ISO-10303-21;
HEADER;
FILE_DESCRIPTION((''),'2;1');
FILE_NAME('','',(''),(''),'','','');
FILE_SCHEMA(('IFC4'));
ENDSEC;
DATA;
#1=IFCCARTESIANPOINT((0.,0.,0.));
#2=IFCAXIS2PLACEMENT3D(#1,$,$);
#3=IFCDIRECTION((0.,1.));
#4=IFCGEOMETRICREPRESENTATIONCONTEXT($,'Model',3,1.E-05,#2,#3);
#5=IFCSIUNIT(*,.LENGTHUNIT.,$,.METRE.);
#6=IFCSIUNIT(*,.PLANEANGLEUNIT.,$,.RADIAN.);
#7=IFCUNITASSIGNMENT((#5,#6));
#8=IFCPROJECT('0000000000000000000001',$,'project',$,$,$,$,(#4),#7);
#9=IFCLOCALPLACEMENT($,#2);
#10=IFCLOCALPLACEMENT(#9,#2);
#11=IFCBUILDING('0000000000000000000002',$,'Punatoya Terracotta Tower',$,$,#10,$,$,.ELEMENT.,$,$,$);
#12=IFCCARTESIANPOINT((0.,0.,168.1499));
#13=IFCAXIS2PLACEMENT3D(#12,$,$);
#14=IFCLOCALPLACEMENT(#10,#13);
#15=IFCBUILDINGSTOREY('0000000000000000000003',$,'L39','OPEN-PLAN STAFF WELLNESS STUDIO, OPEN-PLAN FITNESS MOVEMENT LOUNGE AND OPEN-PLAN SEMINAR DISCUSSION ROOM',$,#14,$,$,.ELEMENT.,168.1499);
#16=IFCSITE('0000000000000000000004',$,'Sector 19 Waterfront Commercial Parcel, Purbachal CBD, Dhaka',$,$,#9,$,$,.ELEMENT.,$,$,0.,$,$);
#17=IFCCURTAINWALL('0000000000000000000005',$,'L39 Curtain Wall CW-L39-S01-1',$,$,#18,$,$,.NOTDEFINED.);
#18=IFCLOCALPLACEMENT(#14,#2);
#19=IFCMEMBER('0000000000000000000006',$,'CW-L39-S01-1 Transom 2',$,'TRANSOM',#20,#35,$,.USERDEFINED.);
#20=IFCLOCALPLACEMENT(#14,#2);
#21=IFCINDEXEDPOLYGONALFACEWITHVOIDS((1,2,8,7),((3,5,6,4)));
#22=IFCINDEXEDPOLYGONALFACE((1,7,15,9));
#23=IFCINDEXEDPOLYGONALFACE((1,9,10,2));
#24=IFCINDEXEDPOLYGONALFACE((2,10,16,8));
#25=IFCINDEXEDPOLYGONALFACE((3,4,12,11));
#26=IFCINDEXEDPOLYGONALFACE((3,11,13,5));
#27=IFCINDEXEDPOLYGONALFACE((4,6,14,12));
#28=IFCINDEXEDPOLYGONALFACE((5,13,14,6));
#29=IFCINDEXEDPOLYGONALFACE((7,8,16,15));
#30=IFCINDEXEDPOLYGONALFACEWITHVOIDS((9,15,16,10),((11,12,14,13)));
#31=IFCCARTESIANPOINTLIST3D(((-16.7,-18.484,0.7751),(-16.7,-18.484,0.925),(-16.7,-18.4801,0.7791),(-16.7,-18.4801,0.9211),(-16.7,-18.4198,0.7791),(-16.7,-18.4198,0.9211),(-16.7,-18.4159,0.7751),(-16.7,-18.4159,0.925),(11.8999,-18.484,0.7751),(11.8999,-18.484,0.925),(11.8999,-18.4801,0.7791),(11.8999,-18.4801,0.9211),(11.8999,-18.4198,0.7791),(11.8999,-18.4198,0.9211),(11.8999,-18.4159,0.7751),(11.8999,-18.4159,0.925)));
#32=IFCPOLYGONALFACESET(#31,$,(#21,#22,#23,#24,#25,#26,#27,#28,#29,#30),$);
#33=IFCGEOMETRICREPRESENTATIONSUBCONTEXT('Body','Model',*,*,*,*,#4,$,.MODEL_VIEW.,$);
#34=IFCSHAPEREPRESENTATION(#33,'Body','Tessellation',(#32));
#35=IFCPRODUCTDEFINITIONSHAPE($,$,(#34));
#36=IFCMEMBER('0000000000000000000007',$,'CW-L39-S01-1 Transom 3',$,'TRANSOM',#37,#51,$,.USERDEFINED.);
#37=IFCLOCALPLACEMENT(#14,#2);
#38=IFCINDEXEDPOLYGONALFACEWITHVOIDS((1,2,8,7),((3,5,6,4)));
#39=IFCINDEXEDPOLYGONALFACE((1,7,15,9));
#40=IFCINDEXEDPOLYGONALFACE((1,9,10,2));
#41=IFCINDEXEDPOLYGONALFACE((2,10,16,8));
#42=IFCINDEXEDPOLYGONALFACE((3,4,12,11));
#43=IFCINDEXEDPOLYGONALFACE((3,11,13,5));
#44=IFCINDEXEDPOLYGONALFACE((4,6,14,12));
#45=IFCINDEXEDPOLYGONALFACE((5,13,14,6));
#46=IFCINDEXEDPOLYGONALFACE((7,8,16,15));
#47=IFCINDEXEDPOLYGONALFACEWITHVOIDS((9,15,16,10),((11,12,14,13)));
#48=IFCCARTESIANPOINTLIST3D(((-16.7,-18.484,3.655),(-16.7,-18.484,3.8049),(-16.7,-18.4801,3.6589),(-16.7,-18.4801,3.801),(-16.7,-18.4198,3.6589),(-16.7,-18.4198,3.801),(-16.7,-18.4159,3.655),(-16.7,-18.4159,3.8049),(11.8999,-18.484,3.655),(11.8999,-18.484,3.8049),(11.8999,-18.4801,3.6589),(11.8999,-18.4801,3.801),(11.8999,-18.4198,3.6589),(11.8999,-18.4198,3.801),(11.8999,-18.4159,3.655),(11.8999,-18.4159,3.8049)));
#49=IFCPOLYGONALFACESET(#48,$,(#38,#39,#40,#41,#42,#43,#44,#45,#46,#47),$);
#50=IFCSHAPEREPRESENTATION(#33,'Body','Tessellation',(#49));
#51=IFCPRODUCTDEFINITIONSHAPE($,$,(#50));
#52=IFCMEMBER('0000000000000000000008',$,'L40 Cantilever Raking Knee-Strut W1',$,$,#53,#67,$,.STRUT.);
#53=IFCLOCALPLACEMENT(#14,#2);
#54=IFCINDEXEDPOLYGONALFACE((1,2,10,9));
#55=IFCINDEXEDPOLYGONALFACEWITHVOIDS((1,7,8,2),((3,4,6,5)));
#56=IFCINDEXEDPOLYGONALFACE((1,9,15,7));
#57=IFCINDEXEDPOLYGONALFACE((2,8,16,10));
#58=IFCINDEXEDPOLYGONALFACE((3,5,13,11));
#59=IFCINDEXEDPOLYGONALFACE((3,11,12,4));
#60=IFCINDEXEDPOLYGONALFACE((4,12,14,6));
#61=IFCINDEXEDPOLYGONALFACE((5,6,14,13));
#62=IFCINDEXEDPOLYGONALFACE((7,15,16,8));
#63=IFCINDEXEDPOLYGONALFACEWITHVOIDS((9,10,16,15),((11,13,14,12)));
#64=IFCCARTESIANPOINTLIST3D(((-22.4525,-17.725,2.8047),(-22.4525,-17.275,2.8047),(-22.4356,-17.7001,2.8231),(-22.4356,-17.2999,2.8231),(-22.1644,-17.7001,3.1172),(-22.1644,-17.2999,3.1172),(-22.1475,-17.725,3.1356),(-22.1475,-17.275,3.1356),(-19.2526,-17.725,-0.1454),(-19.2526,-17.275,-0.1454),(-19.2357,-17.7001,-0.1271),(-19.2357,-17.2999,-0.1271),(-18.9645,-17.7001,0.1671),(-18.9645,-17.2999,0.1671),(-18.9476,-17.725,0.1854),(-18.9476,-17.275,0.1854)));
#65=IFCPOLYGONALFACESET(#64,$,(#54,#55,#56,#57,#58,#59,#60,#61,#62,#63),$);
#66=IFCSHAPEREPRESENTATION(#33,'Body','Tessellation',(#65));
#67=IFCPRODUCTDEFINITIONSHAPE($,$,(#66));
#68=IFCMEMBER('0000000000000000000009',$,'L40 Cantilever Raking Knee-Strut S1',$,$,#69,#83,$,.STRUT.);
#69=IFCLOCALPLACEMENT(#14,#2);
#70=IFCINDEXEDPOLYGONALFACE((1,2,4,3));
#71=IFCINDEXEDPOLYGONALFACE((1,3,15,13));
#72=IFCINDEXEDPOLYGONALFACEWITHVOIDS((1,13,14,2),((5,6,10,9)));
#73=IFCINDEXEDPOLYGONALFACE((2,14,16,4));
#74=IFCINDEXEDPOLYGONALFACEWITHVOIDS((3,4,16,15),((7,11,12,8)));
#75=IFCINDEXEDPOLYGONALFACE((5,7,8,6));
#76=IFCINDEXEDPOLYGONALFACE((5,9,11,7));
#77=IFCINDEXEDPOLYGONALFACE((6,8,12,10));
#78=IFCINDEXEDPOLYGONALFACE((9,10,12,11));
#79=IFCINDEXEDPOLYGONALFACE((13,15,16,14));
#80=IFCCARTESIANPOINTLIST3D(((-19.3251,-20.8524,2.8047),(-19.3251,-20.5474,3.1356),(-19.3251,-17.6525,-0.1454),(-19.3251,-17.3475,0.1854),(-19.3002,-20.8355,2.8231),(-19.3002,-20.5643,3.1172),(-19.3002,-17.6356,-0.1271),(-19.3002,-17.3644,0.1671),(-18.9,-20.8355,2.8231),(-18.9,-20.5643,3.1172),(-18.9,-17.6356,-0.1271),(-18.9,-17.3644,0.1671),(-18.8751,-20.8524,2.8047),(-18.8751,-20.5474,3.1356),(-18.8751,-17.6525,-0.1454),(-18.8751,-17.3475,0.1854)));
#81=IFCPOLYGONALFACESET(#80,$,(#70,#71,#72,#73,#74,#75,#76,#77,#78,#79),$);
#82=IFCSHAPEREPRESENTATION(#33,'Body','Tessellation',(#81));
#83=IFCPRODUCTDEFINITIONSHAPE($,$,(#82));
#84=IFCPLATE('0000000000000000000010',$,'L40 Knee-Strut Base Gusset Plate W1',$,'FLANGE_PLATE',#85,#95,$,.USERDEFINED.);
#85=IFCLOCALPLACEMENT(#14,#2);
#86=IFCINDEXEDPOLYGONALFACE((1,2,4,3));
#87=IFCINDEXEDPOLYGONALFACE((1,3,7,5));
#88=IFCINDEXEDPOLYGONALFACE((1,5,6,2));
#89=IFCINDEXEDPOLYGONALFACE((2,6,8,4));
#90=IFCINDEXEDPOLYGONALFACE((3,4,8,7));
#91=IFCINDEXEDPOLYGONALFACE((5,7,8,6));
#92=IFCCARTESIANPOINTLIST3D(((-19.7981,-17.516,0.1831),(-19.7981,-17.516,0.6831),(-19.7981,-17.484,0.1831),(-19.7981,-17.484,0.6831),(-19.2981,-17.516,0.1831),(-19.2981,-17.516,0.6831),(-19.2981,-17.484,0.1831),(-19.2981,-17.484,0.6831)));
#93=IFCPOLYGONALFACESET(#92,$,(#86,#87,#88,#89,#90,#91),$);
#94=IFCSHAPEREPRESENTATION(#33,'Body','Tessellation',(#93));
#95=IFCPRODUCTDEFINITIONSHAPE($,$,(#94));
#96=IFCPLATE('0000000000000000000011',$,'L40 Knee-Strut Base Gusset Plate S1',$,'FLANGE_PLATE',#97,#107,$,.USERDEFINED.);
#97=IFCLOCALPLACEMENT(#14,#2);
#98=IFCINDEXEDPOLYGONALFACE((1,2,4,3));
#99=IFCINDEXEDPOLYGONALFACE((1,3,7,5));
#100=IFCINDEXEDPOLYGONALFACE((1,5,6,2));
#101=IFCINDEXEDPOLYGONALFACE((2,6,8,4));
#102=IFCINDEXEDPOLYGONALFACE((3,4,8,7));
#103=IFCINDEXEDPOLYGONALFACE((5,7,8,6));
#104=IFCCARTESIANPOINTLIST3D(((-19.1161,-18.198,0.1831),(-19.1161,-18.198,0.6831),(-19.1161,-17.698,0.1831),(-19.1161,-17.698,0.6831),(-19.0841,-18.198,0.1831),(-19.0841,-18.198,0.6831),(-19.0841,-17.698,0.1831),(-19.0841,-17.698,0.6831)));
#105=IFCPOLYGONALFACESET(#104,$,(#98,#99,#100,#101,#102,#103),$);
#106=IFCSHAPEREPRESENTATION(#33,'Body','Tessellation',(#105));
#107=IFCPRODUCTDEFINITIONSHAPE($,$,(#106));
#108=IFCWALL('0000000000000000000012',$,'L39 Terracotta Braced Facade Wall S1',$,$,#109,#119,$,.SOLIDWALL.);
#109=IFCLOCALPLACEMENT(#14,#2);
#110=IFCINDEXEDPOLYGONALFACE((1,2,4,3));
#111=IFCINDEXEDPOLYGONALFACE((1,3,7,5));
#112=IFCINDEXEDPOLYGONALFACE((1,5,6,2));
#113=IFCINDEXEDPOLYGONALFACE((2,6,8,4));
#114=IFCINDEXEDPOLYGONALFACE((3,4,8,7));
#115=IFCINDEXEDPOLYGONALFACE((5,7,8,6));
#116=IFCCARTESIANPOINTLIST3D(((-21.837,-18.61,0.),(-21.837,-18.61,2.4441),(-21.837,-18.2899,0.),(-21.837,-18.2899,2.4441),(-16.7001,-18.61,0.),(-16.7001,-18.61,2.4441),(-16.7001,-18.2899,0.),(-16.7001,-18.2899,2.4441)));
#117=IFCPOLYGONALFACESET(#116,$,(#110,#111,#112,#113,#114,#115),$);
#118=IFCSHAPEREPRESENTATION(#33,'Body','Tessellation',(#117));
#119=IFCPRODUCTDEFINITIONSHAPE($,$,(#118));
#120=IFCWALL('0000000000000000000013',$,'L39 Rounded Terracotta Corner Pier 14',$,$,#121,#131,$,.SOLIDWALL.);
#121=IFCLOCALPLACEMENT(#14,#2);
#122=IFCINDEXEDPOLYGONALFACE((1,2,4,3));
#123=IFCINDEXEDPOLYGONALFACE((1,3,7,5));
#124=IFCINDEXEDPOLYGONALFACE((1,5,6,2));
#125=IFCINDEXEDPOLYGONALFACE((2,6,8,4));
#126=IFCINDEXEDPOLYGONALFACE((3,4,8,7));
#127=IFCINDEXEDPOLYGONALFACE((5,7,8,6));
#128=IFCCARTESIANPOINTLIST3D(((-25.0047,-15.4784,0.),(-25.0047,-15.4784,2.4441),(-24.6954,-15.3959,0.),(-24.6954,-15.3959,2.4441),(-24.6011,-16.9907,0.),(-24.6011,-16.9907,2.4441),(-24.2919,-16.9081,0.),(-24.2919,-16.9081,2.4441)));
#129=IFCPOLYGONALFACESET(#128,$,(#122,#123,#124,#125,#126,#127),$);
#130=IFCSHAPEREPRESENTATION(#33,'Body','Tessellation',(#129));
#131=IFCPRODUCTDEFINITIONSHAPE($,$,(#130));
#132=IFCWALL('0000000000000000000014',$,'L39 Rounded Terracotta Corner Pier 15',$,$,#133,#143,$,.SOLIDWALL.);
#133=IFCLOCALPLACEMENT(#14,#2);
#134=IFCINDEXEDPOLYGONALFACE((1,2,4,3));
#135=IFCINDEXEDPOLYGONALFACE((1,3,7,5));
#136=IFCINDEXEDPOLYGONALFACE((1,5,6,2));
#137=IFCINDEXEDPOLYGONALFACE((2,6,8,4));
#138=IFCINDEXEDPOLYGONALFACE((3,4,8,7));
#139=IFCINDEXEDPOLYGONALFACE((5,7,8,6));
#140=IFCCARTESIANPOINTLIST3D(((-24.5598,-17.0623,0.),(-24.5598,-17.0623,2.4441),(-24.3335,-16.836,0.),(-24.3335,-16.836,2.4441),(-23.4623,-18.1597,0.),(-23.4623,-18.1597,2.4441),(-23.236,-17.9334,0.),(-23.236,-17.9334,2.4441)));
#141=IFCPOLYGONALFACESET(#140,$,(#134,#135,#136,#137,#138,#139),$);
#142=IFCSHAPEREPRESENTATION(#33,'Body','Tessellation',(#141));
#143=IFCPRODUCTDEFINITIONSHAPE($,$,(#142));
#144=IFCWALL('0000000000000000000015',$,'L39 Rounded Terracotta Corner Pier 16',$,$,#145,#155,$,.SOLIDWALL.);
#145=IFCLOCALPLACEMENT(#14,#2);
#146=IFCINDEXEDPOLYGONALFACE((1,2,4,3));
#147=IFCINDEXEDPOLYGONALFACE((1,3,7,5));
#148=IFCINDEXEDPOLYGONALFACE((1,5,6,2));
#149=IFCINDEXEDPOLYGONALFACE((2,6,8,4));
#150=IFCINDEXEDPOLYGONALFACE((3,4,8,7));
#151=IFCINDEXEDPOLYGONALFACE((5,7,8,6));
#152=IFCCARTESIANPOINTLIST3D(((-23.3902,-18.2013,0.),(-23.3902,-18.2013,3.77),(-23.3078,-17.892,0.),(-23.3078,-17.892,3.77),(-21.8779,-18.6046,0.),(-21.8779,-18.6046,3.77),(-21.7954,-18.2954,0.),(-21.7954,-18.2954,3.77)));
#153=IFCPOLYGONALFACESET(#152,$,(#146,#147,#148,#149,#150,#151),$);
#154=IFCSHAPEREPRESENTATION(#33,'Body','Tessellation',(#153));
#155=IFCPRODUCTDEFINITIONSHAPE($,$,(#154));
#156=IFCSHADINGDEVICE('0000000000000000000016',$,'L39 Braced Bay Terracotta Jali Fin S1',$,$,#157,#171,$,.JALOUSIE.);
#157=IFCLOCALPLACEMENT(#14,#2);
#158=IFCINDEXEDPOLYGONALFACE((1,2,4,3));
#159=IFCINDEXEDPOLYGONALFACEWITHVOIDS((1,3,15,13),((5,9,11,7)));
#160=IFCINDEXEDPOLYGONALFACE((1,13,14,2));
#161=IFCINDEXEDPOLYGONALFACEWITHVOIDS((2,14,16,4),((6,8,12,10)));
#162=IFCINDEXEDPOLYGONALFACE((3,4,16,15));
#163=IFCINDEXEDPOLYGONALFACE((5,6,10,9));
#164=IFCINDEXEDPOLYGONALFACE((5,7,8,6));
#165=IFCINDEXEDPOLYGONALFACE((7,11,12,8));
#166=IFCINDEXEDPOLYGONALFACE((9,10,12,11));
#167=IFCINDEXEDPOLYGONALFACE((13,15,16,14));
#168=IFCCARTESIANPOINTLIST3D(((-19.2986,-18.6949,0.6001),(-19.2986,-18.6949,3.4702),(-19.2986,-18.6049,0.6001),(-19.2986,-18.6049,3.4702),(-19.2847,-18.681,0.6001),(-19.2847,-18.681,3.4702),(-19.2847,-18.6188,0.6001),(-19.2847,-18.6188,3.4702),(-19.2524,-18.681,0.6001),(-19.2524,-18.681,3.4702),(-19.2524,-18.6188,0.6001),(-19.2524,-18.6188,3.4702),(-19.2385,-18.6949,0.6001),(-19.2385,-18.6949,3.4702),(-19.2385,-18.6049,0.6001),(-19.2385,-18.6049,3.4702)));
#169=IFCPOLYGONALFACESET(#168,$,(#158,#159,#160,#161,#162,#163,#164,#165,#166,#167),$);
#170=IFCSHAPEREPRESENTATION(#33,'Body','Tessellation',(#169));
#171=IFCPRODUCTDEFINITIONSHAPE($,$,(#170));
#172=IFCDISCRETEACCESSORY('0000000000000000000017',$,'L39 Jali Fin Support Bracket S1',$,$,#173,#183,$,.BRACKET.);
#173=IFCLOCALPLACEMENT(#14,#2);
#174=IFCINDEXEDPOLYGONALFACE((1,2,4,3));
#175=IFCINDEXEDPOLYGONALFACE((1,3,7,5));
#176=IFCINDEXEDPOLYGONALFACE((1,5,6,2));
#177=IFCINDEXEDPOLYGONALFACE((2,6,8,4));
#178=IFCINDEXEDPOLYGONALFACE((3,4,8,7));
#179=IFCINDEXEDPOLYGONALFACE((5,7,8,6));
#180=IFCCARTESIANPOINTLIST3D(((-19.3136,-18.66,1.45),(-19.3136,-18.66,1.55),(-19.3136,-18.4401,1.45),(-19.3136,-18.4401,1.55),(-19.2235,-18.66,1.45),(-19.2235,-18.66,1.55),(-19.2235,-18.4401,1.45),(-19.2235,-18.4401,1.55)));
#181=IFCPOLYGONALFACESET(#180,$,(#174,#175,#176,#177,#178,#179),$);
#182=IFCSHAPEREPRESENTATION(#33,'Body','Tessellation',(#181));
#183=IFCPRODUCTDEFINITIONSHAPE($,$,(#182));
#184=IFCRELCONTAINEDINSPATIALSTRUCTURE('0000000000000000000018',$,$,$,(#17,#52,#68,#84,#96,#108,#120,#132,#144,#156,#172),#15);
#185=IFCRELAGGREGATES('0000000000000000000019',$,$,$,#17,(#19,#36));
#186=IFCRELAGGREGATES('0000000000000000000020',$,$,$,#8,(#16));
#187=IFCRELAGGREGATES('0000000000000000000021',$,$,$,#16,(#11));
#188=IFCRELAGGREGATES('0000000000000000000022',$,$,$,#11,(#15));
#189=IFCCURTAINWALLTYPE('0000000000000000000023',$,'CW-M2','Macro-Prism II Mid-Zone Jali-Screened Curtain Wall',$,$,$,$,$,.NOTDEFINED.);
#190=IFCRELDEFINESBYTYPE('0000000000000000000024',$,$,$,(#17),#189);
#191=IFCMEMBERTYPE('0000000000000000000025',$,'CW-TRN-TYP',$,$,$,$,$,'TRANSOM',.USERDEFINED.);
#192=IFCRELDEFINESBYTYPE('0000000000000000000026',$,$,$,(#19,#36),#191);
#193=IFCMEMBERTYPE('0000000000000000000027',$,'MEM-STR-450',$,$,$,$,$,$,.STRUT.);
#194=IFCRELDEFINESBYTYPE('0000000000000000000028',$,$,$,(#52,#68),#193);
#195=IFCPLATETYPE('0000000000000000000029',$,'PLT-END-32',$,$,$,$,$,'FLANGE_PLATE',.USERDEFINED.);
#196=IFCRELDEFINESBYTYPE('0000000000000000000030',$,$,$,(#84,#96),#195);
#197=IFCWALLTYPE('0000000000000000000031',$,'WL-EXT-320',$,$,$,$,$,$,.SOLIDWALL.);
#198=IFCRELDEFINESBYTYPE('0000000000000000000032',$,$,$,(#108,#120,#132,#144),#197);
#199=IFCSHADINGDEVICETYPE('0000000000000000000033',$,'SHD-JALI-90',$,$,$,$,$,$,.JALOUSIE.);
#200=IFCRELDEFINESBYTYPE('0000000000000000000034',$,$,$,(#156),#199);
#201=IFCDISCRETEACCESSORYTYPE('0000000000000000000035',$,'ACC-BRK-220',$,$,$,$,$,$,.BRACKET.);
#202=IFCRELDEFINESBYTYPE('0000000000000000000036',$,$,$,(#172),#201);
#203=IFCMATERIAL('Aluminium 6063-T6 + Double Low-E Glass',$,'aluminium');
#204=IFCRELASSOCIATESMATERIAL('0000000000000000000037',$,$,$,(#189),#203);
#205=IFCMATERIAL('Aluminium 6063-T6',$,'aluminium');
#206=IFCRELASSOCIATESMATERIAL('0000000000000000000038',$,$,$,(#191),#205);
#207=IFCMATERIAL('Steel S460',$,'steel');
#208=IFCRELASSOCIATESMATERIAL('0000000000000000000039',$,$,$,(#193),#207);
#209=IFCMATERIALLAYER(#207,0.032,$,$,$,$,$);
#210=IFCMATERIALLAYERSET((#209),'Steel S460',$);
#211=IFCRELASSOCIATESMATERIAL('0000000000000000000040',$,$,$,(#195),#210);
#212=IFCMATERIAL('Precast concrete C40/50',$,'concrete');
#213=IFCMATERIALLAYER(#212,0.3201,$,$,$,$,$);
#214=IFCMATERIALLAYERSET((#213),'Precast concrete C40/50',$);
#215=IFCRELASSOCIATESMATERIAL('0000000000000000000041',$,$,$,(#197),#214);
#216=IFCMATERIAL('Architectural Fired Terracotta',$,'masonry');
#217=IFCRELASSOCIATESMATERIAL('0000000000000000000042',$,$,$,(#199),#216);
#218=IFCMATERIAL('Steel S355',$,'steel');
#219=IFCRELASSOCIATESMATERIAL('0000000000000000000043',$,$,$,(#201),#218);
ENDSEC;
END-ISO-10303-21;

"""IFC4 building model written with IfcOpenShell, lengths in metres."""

from ifc_helpers import new_model, si_unit, direction, frame, frame_2d, origin, origin_2d, place, context, subcontext, project, spatial, rectangle, hollow_rectangle, extrude, material, layer, layer_set, material_profile, profile_set, type_object, element, aggregate, save


model = new_model("IFC4")

# Units and contexts
model_context = context("Model", 3, precision=1e-05, world=origin(), true_north=direction((0.0, 1.0)))
body_context = subcontext(model_context, "Body", "Model", "MODEL_VIEW")
ifc_project = project(units=[si_unit("LENGTHUNIT", "METRE"), si_unit("PLANEANGLEUNIT", "RADIAN")], contexts=[model_context])

# Site, building, storey
site_placement = place(None, origin())
site = spatial("IfcSite", under=ifc_project, at=site_placement, Name="Sector 19 Waterfront Commercial Parcel, Purbachal CBD, Dhaka", CompositionType="ELEMENT", RefElevation=0.0)
building_placement = place(site_placement, origin())
building = spatial("IfcBuilding", under=site, at=building_placement, Name="Punatoya Terracotta Tower", CompositionType="ELEMENT")
storey_placement = place(building_placement, frame((0.0, 0.0, 168.1499)))
storey = spatial("IfcBuildingStorey", under=building, at=storey_placement, Name="L39", Description="OPEN-PLAN STAFF WELLNESS STUDIO, OPEN-PLAN FITNESS MOVEMENT LOUNGE AND OPEN-PLAN SEMINAR DISCUSSION ROOM", CompositionType="ELEMENT", Elevation=168.1499)

# Shared definitions
ifc_material_1 = material(Name="Steel S460", Category="steel")

# Shared definitions
ifc_material_2 = material(Name="Steel S355", Category="steel")

# Curtain wall, members
ifc_material_3 = material(Name="Aluminium 6063-T6 + Double Low-E Glass", Category="aluminium")
curtain_wall_type = type_object("IfcCurtainWallType", Name="CW-M2", Description="Macro-Prism II Mid-Zone Jali-Screened Curtain Wall", PredefinedType="NOTDEFINED", material=ifc_material_3)
curtain_wall_placement = place(storey_placement, origin())
curtain_wall = element("IfcCurtainWall", 1, at=curtain_wall_placement, inside=storey, type_object=curtain_wall_type, Name="L39 Curtain Wall CW-L39-S01-1", PredefinedType="NOTDEFINED")
ifc_material_4 = material(Name="Aluminium 6063-T6", Category="aluminium")
ifc_material_profile_1 = material_profile(ifc_material_4, hollow_rectangle(XDim=0.0681, YDim=0.1499, WallThickness=0.0039, at=origin_2d()))
ifc_profile_set_1 = profile_set([ifc_material_profile_1], Name="Aluminium 6063-T6")
member_type_1 = type_object("IfcMemberType", Name="CW-TRN-TYP", ElementType="TRANSOM", PredefinedType="USERDEFINED", material=ifc_profile_set_1)
member_1_placement = place(storey_placement, frame((-16.7, -18.45, 0.8501), z_axis=(1.0, 0.0, 0.0), x_axis=(0.0, 1.0, 0.0)))
member_1 = element("IfcMember", 2, at=member_1_placement, type_object=member_type_1, Name="CW-L39-S01-1 Transom 2", ObjectType="TRANSOM", PredefinedType="USERDEFINED", context=body_context, shape_type="SweptSolid", body=[
    extrude(hollow_rectangle(XDim=0.0681, YDim=0.1499, WallThickness=0.0039, at=origin_2d()), origin(), (0.0, 0.0, 1.0), 28.5999),
])
member_2_placement = place(storey_placement, frame((-16.7, -18.45, 3.73), z_axis=(1.0, 0.0, 0.0), x_axis=(0.0, 1.0, 0.0)))
member_2 = element("IfcMember", 3, at=member_2_placement, type_object=member_type_1, Name="CW-L39-S01-1 Transom 3", ObjectType="TRANSOM", PredefinedType="USERDEFINED", context=body_context, shape_type="SweptSolid", body=[
    extrude(hollow_rectangle(XDim=0.0681, YDim=0.1499, WallThickness=0.0039, at=origin_2d()), origin(), (0.0, 0.0, 1.0), 28.5999),
])
aggregate(curtain_wall, [member_1, member_2])

# Members
ifc_material_profile_2 = material_profile(ifc_material_1, hollow_rectangle(XDim=0.45, YDim=0.45, WallThickness=0.0249, at=origin_2d()))
ifc_profile_set_2 = profile_set([ifc_material_profile_2], Name="Steel S460")
member_type_2 = type_object("IfcMemberType", Name="MEM-STR-450", PredefinedType="STRUT", material=ifc_profile_set_2)
for number, where, z_axis, x_axis, name in (
    (4, (-19.1001, -17.5, 0.02), (-0.735216, 0.0, 0.677833), (0.0, -1.0, 0.0), "L40 Cantilever Raking Knee-Strut W1"),
    (5, (-19.1001, -17.5, 0.02), (0.0, -0.735216, 0.677833), (1.0, 0.0, 0.0), "L40 Cantilever Raking Knee-Strut S1"),
):
    element("IfcMember", number, at=place(storey_placement, frame(where, z_axis=z_axis, x_axis=x_axis)), inside=storey, type_object=member_type_2, Name=name, PredefinedType="STRUT", context=body_context, shape_type="SweptSolid", body=[
        extrude(hollow_rectangle(XDim=0.45, YDim=0.45, WallThickness=0.0249, at=origin_2d()), origin(), (0.0, 0.0, 1.0), 4.3523),
    ])

# Plates
ifc_layer_1 = layer(ifc_material_1, 0.032)
ifc_layer_set_1 = layer_set([ifc_layer_1], Name="Steel S460")
plate_type = type_object("IfcPlateType", Name="PLT-END-32", ElementType="FLANGE_PLATE", PredefinedType="USERDEFINED", material=ifc_layer_set_1)
for number, where, z_axis, x_axis, name in (
    (6, (-19.5481, -17.5, 0.1831), (0.0, 0.0, 1.0), (1.0, 0.0, 0.0), "L40 Knee-Strut Base Gusset Plate W1"),
    (7, (-19.1001, -17.948, 0.1831), (0.0, 0.0, 1.0), (0.0, 1.0, 0.0), "L40 Knee-Strut Base Gusset Plate S1"),
):
    element("IfcPlate", number, at=place(storey_placement, frame(where, z_axis=z_axis, x_axis=x_axis)), inside=storey, type_object=plate_type, Name=name, ObjectType="FLANGE_PLATE", PredefinedType="USERDEFINED", context=body_context, shape_type="SweptSolid", body=[
        extrude(rectangle(XDim=0.5, YDim=0.032, at=origin_2d()), origin(), (0.0, 0.0, 1.0), 0.5),
    ])

# Walls
ifc_material_5 = material(Name="Precast concrete C40/50", Category="concrete")
ifc_layer_2 = layer(ifc_material_5, 0.3201)
ifc_layer_set_2 = layer_set([ifc_layer_2], Name="Precast concrete C40/50")
wall_type = type_object("IfcWallType", Name="WL-EXT-320", PredefinedType="SOLIDWALL", material=ifc_layer_set_2)
wall_1_placement = place(storey_placement, frame((-21.8369, -18.45, 0.0), z_axis=(0.0, 0.0, 1.0), x_axis=(1.0, 0.0, 0.0)))
element("IfcWall", 8, at=wall_1_placement, inside=storey, type_object=wall_type, Name="L39 Terracotta Braced Facade Wall S1", PredefinedType="SOLIDWALL", context=body_context, shape_type="SweptSolid", body=[
    extrude(rectangle(XDim=5.137, YDim=0.3201, at=frame_2d((2.5684, 0.0))), origin(), (0.0, 0.0, 1.0), 2.4441),
])
wall_2_placement = place(storey_placement, frame((-24.8501, -15.437, 0.0), z_axis=(0.0, 0.0, 1.0), x_axis=(0.257847, -0.966186, 0.0)))
element("IfcWall", 9, at=wall_2_placement, inside=storey, type_object=wall_type, Name="L39 Rounded Terracotta Corner Pier 14", PredefinedType="SOLIDWALL", context=body_context, shape_type="SweptSolid", body=[
    extrude(rectangle(XDim=1.5652, YDim=0.3201, at=frame_2d((0.7827, 0.0))), origin(), (0.0, 0.0, 1.0), 2.4441),
])
wall_3_placement = place(storey_placement, frame((-24.4465, -16.9492, 0.0), z_axis=(0.0, 0.0, 1.0), x_axis=(0.707107, -0.707107, 0.0)))
element("IfcWall", 10, at=wall_3_placement, inside=storey, type_object=wall_type, Name="L39 Rounded Terracotta Corner Pier 15", PredefinedType="SOLIDWALL", context=body_context, shape_type="SweptSolid", body=[
    extrude(rectangle(XDim=1.552, YDim=0.3201, at=frame_2d((0.7759, 0.0))), origin(), (0.0, 0.0, 1.0), 2.4441),
])
wall_4_placement = place(storey_placement, frame((-23.3491, -18.0466, 0.0), z_axis=(0.0, 0.0, 1.0), x_axis=(0.966225, -0.257701, 0.0)))
element("IfcWall", 11, at=wall_4_placement, inside=storey, type_object=wall_type, Name="L39 Rounded Terracotta Corner Pier 16", PredefinedType="SOLIDWALL", context=body_context, shape_type="SweptSolid", body=[
    extrude(rectangle(XDim=1.5652, YDim=0.3201, at=frame_2d((0.7827, 0.0))), origin(), (0.0, 0.0, 1.0), 3.77),
])

# Shading device
ifc_material_6 = material(Name="Architectural Fired Terracotta", Category="masonry")
ifc_material_profile_3 = material_profile(ifc_material_6, hollow_rectangle(XDim=0.0601, YDim=0.0901, WallThickness=0.0139, at=origin_2d()))
ifc_profile_set_3 = profile_set([ifc_material_profile_3], Name="Architectural Fired Terracotta")
shading_device_type = type_object("IfcShadingDeviceType", Name="SHD-JALI-90", PredefinedType="JALOUSIE", material=ifc_profile_set_3)
shading_device_placement = place(storey_placement, frame((-19.2686, -18.6499, 0.6001), z_axis=(0.0, 0.0, 1.0), x_axis=(1.0, 0.0, 0.0)))
element("IfcShadingDevice", 12, at=shading_device_placement, inside=storey, type_object=shading_device_type, Name="L39 Braced Bay Terracotta Jali Fin S1", PredefinedType="JALOUSIE", context=body_context, shape_type="SweptSolid", body=[
    extrude(hollow_rectangle(XDim=0.0601, YDim=0.0901, WallThickness=0.0139, at=origin_2d()), origin(), (0.0, 0.0, 1.0), 2.8701),
])

# Discrete accessory
discrete_accessory_type = type_object("IfcDiscreteAccessoryType", Name="ACC-BRK-220", PredefinedType="BRACKET", material=ifc_material_2)
discrete_accessory_placement = place(storey_placement, frame((-19.2686, -18.55, 1.45), z_axis=(0.0, 0.0, 1.0), x_axis=(1.0, 0.0, 0.0)))
element("IfcDiscreteAccessory", 13, at=discrete_accessory_placement, inside=storey, type_object=discrete_accessory_type, Name="L39 Jali Fin Support Bracket S1", PredefinedType="BRACKET", context=body_context, shape_type="SweptSolid", body=[
    extrude(rectangle(XDim=0.0901, YDim=0.22, at=origin_2d()), origin(), (0.0, 0.0, 1.0), 0.1001),
])

save(model, "model.ifc")
